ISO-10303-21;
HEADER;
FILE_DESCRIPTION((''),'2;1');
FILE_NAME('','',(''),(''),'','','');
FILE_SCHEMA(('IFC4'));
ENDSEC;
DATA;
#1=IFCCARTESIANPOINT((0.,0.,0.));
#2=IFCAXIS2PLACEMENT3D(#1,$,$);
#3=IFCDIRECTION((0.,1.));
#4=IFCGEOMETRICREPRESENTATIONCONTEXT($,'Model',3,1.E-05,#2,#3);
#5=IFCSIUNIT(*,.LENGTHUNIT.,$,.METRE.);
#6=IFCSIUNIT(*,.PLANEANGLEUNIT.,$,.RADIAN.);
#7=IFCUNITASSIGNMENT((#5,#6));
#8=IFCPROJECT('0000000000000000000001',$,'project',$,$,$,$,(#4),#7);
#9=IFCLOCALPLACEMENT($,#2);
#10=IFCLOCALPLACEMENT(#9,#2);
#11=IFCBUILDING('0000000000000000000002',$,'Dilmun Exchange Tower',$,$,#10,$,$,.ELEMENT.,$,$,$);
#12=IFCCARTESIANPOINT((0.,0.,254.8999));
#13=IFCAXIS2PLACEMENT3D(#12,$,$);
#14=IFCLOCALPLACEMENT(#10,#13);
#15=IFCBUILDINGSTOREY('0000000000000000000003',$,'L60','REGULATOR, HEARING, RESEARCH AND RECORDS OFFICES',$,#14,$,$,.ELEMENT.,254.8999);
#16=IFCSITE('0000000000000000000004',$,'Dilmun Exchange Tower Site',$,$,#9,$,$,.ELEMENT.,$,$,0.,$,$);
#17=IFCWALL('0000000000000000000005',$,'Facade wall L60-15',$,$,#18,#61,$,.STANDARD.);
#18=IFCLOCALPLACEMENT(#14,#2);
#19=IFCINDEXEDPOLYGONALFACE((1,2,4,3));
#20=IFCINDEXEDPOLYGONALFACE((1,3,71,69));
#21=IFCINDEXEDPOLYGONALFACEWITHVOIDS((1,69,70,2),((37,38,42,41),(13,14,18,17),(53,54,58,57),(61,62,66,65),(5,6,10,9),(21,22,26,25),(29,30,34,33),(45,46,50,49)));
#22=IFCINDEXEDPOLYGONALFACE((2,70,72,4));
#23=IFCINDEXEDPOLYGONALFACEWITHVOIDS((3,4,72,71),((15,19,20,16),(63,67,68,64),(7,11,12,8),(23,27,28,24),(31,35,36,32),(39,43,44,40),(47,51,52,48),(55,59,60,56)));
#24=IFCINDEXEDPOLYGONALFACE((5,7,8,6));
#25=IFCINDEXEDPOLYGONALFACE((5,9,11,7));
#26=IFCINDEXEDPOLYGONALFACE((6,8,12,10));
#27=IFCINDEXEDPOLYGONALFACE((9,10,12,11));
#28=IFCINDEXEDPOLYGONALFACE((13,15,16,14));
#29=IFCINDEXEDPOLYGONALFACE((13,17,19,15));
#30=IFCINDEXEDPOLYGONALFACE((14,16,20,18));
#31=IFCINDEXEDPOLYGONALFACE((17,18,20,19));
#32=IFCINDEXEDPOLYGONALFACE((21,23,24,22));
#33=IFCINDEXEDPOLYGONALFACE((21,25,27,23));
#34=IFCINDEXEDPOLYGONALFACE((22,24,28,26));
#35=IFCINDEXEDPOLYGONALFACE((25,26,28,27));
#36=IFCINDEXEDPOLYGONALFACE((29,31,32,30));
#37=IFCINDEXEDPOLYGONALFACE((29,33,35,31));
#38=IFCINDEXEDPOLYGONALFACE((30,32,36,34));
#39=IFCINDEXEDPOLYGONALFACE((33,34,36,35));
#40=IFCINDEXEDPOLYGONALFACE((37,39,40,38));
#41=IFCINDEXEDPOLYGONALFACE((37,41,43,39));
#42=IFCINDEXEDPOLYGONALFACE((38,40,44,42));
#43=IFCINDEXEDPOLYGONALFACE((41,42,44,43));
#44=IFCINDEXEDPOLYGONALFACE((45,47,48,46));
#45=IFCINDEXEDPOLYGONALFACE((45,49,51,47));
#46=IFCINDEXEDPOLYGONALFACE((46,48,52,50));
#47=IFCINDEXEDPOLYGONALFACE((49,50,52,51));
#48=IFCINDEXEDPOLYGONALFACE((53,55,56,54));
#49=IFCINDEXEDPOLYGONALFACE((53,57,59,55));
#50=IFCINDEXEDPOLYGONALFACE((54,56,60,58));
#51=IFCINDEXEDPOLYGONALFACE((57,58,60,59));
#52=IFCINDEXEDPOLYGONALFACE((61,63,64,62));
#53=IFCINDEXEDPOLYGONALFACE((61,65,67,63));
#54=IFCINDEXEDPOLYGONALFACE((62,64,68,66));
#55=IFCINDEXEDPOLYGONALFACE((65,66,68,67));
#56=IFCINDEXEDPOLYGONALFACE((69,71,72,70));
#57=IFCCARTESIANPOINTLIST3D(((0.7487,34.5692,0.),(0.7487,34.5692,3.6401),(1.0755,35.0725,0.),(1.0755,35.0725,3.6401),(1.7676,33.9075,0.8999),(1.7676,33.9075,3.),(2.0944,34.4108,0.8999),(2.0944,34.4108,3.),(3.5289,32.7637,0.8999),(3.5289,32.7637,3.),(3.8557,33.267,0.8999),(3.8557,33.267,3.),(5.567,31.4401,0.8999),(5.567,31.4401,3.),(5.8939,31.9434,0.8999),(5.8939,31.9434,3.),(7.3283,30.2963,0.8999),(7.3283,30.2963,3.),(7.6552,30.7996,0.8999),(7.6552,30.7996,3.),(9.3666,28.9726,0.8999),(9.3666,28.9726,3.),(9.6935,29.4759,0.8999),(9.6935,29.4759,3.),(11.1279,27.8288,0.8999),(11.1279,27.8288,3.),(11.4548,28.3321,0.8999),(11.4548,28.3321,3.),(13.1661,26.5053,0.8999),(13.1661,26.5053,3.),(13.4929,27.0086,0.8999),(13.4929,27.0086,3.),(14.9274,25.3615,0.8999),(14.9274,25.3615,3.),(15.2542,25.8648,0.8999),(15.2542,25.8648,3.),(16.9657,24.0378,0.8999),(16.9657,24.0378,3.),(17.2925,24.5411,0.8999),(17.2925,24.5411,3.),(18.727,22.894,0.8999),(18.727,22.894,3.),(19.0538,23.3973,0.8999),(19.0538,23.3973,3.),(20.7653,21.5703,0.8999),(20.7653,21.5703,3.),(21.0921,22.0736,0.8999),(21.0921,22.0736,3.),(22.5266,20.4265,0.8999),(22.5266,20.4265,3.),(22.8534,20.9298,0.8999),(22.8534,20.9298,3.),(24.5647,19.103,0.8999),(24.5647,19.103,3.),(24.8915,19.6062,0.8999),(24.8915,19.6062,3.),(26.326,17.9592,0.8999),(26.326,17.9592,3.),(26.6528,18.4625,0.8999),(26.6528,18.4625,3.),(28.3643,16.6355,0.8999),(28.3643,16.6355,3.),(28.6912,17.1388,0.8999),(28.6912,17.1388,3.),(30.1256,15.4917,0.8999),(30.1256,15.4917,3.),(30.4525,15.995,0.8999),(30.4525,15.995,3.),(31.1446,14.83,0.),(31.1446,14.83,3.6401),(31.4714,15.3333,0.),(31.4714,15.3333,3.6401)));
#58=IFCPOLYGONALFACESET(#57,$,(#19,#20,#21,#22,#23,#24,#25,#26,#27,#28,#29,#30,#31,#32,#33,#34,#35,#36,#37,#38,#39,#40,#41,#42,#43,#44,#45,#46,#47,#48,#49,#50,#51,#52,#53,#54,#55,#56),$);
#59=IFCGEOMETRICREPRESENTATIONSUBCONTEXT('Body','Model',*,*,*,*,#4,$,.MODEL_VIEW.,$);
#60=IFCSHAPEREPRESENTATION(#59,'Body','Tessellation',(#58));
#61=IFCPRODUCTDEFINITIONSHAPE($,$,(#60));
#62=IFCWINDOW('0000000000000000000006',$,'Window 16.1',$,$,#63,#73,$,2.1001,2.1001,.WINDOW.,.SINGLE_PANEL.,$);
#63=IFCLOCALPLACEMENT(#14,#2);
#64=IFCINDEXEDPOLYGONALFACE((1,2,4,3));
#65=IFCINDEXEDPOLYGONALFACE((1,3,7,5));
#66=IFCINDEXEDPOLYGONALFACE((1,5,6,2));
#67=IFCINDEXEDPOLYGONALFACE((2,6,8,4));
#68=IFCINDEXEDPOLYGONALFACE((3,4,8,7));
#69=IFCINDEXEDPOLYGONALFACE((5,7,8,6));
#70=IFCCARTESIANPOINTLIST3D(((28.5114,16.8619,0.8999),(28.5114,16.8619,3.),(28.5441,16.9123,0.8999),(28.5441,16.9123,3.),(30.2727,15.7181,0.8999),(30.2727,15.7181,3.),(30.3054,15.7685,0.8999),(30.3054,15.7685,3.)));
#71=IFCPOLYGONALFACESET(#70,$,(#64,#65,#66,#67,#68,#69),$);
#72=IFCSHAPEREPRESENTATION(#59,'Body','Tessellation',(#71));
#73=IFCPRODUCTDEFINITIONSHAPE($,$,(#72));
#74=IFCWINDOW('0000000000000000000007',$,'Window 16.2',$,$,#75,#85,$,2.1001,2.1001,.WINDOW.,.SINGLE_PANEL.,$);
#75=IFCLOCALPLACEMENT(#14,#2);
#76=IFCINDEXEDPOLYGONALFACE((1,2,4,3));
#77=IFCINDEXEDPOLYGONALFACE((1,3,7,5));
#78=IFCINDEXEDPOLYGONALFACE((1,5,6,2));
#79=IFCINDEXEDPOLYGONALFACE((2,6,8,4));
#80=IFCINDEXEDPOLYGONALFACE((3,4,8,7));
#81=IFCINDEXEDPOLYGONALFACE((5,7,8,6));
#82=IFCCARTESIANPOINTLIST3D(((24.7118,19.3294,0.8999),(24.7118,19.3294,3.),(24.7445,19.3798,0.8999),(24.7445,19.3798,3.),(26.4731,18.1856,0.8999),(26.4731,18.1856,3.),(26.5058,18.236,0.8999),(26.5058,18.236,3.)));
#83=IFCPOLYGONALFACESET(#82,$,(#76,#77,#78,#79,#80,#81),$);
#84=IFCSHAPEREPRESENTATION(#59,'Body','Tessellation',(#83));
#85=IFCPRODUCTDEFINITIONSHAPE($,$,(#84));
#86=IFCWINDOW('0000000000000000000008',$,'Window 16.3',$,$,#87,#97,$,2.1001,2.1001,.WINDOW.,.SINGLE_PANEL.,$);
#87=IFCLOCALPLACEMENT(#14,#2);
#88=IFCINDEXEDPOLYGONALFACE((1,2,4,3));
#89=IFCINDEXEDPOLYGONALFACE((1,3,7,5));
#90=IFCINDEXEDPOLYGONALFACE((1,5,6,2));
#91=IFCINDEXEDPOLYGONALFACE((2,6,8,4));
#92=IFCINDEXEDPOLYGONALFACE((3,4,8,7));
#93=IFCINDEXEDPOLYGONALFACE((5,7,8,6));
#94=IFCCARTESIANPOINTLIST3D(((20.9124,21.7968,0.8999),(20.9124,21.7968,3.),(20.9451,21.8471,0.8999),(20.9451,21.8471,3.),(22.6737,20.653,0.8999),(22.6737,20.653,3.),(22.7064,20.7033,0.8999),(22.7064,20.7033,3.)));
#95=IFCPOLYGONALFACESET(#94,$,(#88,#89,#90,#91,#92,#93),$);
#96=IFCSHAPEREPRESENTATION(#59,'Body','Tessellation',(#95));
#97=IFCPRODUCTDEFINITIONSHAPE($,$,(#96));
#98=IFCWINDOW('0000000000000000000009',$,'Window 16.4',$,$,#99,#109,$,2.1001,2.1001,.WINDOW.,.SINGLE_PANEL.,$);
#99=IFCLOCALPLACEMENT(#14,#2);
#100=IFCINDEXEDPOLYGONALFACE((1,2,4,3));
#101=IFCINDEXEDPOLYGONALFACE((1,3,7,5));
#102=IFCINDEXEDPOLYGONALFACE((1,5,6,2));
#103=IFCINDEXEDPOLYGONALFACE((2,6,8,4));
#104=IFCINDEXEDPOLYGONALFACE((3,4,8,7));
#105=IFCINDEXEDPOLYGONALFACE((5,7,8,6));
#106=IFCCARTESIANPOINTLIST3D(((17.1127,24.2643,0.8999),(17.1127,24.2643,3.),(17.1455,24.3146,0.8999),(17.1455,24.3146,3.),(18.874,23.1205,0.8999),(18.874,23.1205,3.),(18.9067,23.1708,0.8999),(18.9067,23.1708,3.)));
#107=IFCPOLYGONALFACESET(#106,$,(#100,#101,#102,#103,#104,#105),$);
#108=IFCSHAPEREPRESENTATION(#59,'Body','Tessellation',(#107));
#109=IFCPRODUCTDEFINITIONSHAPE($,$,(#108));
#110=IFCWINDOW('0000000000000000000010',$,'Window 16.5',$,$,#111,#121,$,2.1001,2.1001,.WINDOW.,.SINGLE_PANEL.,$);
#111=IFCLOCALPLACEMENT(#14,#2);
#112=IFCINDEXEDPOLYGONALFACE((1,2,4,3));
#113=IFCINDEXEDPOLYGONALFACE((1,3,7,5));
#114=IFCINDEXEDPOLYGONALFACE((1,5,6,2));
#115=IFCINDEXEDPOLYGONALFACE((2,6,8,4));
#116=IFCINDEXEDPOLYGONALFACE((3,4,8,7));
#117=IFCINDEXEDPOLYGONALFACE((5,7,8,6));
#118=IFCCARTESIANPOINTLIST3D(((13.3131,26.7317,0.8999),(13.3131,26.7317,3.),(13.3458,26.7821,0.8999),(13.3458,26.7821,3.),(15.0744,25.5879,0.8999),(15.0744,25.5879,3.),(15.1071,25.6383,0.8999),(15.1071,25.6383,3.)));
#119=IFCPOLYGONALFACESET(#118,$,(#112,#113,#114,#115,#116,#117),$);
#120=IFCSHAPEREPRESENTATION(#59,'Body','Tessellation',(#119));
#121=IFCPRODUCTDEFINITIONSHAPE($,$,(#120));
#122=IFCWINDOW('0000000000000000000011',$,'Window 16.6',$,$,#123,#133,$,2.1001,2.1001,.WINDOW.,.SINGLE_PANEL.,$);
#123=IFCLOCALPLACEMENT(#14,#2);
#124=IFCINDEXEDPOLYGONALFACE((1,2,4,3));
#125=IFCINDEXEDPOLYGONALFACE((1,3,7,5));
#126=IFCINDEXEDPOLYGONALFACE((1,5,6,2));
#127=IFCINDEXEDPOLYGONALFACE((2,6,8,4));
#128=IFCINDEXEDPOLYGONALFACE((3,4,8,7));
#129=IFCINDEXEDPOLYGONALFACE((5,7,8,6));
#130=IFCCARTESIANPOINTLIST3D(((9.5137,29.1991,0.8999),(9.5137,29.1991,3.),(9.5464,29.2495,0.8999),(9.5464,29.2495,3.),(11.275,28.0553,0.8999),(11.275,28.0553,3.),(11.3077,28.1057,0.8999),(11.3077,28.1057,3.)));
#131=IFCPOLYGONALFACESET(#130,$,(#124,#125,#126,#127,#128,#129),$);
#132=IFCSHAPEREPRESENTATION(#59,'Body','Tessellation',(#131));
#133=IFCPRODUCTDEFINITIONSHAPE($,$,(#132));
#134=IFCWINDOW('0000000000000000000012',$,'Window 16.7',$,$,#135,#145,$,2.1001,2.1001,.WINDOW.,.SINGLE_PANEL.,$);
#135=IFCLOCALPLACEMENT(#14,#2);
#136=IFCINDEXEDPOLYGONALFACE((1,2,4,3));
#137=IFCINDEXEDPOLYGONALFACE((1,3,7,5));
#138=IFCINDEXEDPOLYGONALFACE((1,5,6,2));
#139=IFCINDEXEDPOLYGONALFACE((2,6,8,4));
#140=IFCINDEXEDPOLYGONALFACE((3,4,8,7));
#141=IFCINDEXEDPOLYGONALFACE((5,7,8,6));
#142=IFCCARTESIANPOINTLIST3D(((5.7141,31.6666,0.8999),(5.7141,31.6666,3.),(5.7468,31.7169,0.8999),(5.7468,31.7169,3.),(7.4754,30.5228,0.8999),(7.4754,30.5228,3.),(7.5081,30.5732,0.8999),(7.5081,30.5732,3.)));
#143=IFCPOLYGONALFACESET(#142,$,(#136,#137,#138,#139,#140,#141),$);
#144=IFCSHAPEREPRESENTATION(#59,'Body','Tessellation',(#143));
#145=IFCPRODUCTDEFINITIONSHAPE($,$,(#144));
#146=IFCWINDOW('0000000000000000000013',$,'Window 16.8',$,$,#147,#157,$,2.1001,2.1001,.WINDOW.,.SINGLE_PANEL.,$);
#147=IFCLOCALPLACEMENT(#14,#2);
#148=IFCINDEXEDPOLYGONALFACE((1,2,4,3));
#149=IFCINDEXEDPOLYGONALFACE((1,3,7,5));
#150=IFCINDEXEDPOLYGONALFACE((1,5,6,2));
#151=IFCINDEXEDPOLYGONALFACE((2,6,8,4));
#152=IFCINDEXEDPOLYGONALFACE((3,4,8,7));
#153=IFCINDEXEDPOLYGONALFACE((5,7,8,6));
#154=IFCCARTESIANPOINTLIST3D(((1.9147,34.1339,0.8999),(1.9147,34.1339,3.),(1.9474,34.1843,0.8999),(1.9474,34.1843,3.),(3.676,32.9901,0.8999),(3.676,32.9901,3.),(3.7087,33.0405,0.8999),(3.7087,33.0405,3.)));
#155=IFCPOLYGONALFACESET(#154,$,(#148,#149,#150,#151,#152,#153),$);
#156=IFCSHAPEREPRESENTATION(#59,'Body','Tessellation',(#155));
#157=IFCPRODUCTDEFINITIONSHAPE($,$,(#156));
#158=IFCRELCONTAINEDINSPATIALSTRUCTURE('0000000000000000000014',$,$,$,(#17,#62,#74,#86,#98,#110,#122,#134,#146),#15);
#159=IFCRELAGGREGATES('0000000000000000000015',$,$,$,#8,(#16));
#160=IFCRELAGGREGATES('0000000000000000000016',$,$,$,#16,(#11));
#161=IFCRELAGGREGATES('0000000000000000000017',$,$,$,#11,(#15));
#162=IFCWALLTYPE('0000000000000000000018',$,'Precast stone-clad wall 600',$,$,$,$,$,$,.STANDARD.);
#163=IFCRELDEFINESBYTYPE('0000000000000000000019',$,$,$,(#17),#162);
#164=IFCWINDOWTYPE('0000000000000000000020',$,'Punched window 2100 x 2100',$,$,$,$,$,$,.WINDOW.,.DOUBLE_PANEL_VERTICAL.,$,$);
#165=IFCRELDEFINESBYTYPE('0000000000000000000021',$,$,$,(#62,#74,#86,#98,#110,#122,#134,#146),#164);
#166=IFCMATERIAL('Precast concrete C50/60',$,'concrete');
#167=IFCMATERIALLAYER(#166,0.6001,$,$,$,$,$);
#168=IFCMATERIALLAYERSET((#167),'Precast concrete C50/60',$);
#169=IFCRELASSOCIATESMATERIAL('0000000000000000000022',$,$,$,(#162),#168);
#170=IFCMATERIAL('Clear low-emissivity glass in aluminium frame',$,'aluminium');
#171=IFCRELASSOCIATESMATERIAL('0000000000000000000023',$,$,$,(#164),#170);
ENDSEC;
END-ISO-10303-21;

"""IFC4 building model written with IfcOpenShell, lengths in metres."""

from ifc_helpers import new_model, si_unit, direction, frame, frame_2d, origin, place, context, subcontext, project, spatial, rectangle, extrude, material, layer, layer_set, type_object, element, fill, save


model = new_model("IFC4")

# Units and contexts
model_context = context("Model", 3, precision=1e-05, world=origin(), true_north=direction((0.0, 1.0)))
body_context = subcontext(model_context, "Body", "Model", "MODEL_VIEW")
ifc_project = project(units=[si_unit("LENGTHUNIT", "METRE"), si_unit("PLANEANGLEUNIT", "RADIAN")], contexts=[model_context])

# Site, building, storey
site_placement = place(None, origin())
site = spatial("IfcSite", under=ifc_project, at=site_placement, Name="Dilmun Exchange Tower Site", CompositionType="ELEMENT", RefElevation=0.0)
building_placement = place(site_placement, origin())
building = spatial("IfcBuilding", under=site, at=building_placement, Name="Dilmun Exchange Tower", CompositionType="ELEMENT")
storey_placement = place(building_placement, frame((0.0, 0.0, 254.8999)))
storey = spatial("IfcBuildingStorey", under=building, at=storey_placement, Name="L60", Description="REGULATOR, HEARING, RESEARCH AND RECORDS OFFICES", CompositionType="ELEMENT", Elevation=254.8999)

# Shared definitions
ifc_material_1 = material(Name="Precast concrete C50/60", Category="concrete")
ifc_layer_1 = layer(ifc_material_1, 0.6001)
ifc_layer_set_1 = layer_set([ifc_layer_1], Name="Precast concrete C50/60")
wall_type_1 = type_object("IfcWallType", Name="Precast stone-clad wall 600", PredefinedType="STANDARD", material=ifc_layer_set_1)
ifc_material_2 = material(Name="Clear low-emissivity glass in aluminium frame", Category="aluminium")

# Wall, openings, windows
wall_1_placement = place(storey_placement, frame((31.3081, 15.0815, 0.0), z_axis=(0.0, 0.0, 1.0), x_axis=(-0.838672, 0.544636, 0.0)))
wall_1 = element("IfcWall", 1, at=wall_1_placement, inside=storey, type_object=wall_type_1, Name="Facade wall L60-15", PredefinedType="STANDARD", context=body_context, shape_type="SweptSolid", body=[
    extrude(rectangle(XDim=36.2429, YDim=0.6001, at=frame_2d((18.1216, 0.0))), origin(), (0.0, 0.0, 1.0), 3.6401),
])
opening_1_placement = place(wall_1_placement, frame((1.2151, 0.0, 0.8999)))
opening_1 = element("IfcOpeningElement", 2, at=opening_1_placement, cuts=wall_1, PredefinedType="OPENING", context=body_context, shape_type="SweptSolid", body=[
    extrude(rectangle(XDim=2.1001, YDim=2.1001, at=frame_2d((1.05, 1.05))), frame((0.0, 0.3101, 0.0), z_axis=(0.0, -1.0, 0.0), x_axis=(1.0, 0.0, 0.0)), (0.0, 0.0, 1.0), 0.6201),
])
opening_2_placement = place(wall_1_placement, frame((5.7456, 0.0, 0.8999)))
opening_2 = element("IfcOpeningElement", 3, at=opening_2_placement, cuts=wall_1, PredefinedType="OPENING", context=body_context, shape_type="SweptSolid", body=[
    extrude(rectangle(XDim=2.1001, YDim=2.1001, at=frame_2d((1.05, 1.05))), frame((0.0, 0.3101, 0.0), z_axis=(0.0, -1.0, 0.0), x_axis=(1.0, 0.0, 0.0)), (0.0, 0.0, 1.0), 0.6201),
])
opening_3_placement = place(wall_1_placement, frame((10.2759, 0.0, 0.8999)))
opening_3 = element("IfcOpeningElement", 4, at=opening_3_placement, cuts=wall_1, PredefinedType="OPENING", context=body_context, shape_type="SweptSolid", body=[
    extrude(rectangle(XDim=2.1001, YDim=2.1001, at=frame_2d((1.05, 1.05))), frame((0.0, 0.3101, 0.0), z_axis=(0.0, -1.0, 0.0), x_axis=(1.0, 0.0, 0.0)), (0.0, 0.0, 1.0), 0.6201),
])
opening_4_placement = place(wall_1_placement, frame((14.8064, 0.0, 0.8999)))
opening_4 = element("IfcOpeningElement", 5, at=opening_4_placement, cuts=wall_1, PredefinedType="OPENING", context=body_context, shape_type="SweptSolid", body=[
    extrude(rectangle(XDim=2.1001, YDim=2.1001, at=frame_2d((1.05, 1.05))), frame((0.0, 0.3101, 0.0), z_axis=(0.0, -1.0, 0.0), x_axis=(1.0, 0.0, 0.0)), (0.0, 0.0, 1.0), 0.6201),
])
opening_5_placement = place(wall_1_placement, frame((19.3369, 0.0, 0.8999)))
opening_5 = element("IfcOpeningElement", 6, at=opening_5_placement, cuts=wall_1, PredefinedType="OPENING", context=body_context, shape_type="SweptSolid", body=[
    extrude(rectangle(XDim=2.1001, YDim=2.1001, at=frame_2d((1.05, 1.05))), frame((0.0, 0.3101, 0.0), z_axis=(0.0, -1.0, 0.0), x_axis=(1.0, 0.0, 0.0)), (0.0, 0.0, 1.0), 0.6201),
])
opening_6_placement = place(wall_1_placement, frame((23.8672, 0.0, 0.8999)))
opening_6 = element("IfcOpeningElement", 7, at=opening_6_placement, cuts=wall_1, PredefinedType="OPENING", context=body_context, shape_type="SweptSolid", body=[
    extrude(rectangle(XDim=2.1001, YDim=2.1001, at=frame_2d((1.05, 1.05))), frame((0.0, 0.3101, 0.0), z_axis=(0.0, -1.0, 0.0), x_axis=(1.0, 0.0, 0.0)), (0.0, 0.0, 1.0), 0.6201),
])
opening_7_placement = place(wall_1_placement, frame((28.3977, 0.0, 0.8999)))
opening_7 = element("IfcOpeningElement", 8, at=opening_7_placement, cuts=wall_1, PredefinedType="OPENING", context=body_context, shape_type="SweptSolid", body=[
    extrude(rectangle(XDim=2.1001, YDim=2.1001, at=frame_2d((1.05, 1.05))), frame((0.0, 0.3101, 0.0), z_axis=(0.0, -1.0, 0.0), x_axis=(1.0, 0.0, 0.0)), (0.0, 0.0, 1.0), 0.6201),
])
opening_8_placement = place(wall_1_placement, frame((32.928, 0.0, 0.8999)))
opening_8 = element("IfcOpeningElement", 9, at=opening_8_placement, cuts=wall_1, PredefinedType="OPENING", context=body_context, shape_type="SweptSolid", body=[
    extrude(rectangle(XDim=2.1001, YDim=2.1001, at=frame_2d((1.05, 1.05))), frame((0.0, 0.3101, 0.0), z_axis=(0.0, -1.0, 0.0), x_axis=(1.0, 0.0, 0.0)), (0.0, 0.0, 1.0), 0.6201),
])
window_type_1 = type_object("IfcWindowType", Name="Punched window 2100 x 2100", PartitioningType="DOUBLE_PANEL_VERTICAL", PredefinedType="WINDOW", material=ifc_material_2)
window_1_placement = place(opening_1_placement, origin())
window_1 = element("IfcWindow", 10, at=window_1_placement, inside=storey, type_object=window_type_1, Name="Window 16.1", OverallHeight=2.1001, OverallWidth=2.1001, PartitioningType="SINGLE_PANEL", PredefinedType="WINDOW", context=body_context, shape_type="SweptSolid", body=[
    extrude(rectangle(XDim=2.1001, YDim=2.1001, at=frame_2d((1.05, 1.05))), frame((0.0, 0.03, 0.0), z_axis=(0.0, -1.0, 0.0), x_axis=(1.0, 0.0, 0.0)), (0.0, 0.0, 1.0), 0.0601),
])
fill(opening_1, window_1)
window_2_placement = place(opening_2_placement, origin())
window_2 = element("IfcWindow", 11, at=window_2_placement, inside=storey, type_object=window_type_1, Name="Window 16.2", OverallHeight=2.1001, OverallWidth=2.1001, PartitioningType="SINGLE_PANEL", PredefinedType="WINDOW", context=body_context, shape_type="SweptSolid", body=[
    extrude(rectangle(XDim=2.1001, YDim=2.1001, at=frame_2d((1.05, 1.05))), frame((0.0, 0.03, 0.0), z_axis=(0.0, -1.0, 0.0), x_axis=(1.0, 0.0, 0.0)), (0.0, 0.0, 1.0), 0.0601),
])
fill(opening_2, window_2)
window_3_placement = place(opening_3_placement, origin())
window_3 = element("IfcWindow", 12, at=window_3_placement, inside=storey, type_object=window_type_1, Name="Window 16.3", OverallHeight=2.1001, OverallWidth=2.1001, PartitioningType="SINGLE_PANEL", PredefinedType="WINDOW", context=body_context, shape_type="SweptSolid", body=[
    extrude(rectangle(XDim=2.1001, YDim=2.1001, at=frame_2d((1.05, 1.05))), frame((0.0, 0.03, 0.0), z_axis=(0.0, -1.0, 0.0), x_axis=(1.0, 0.0, 0.0)), (0.0, 0.0, 1.0), 0.0601),
])
fill(opening_3, window_3)
window_4_placement = place(opening_4_placement, origin())
window_4 = element("IfcWindow", 13, at=window_4_placement, inside=storey, type_object=window_type_1, Name="Window 16.4", OverallHeight=2.1001, OverallWidth=2.1001, PartitioningType="SINGLE_PANEL", PredefinedType="WINDOW", context=body_context, shape_type="SweptSolid", body=[
    extrude(rectangle(XDim=2.1001, YDim=2.1001, at=frame_2d((1.05, 1.05))), frame((0.0, 0.03, 0.0), z_axis=(0.0, -1.0, 0.0), x_axis=(1.0, 0.0, 0.0)), (0.0, 0.0, 1.0), 0.0601),
])
fill(opening_4, window_4)
window_5_placement = place(opening_5_placement, origin())
window_5 = element("IfcWindow", 14, at=window_5_placement, inside=storey, type_object=window_type_1, Name="Window 16.5", OverallHeight=2.1001, OverallWidth=2.1001, PartitioningType="SINGLE_PANEL", PredefinedType="WINDOW", context=body_context, shape_type="SweptSolid", body=[
    extrude(rectangle(XDim=2.1001, YDim=2.1001, at=frame_2d((1.05, 1.05))), frame((0.0, 0.03, 0.0), z_axis=(0.0, -1.0, 0.0), x_axis=(1.0, 0.0, 0.0)), (0.0, 0.0, 1.0), 0.0601),
])
fill(opening_5, window_5)
window_6_placement = place(opening_6_placement, origin())
window_6 = element("IfcWindow", 15, at=window_6_placement, inside=storey, type_object=window_type_1, Name="Window 16.6", OverallHeight=2.1001, OverallWidth=2.1001, PartitioningType="SINGLE_PANEL", PredefinedType="WINDOW", context=body_context, shape_type="SweptSolid", body=[
    extrude(rectangle(XDim=2.1001, YDim=2.1001, at=frame_2d((1.05, 1.05))), frame((0.0, 0.03, 0.0), z_axis=(0.0, -1.0, 0.0), x_axis=(1.0, 0.0, 0.0)), (0.0, 0.0, 1.0), 0.0601),
])
fill(opening_6, window_6)
window_7_placement = place(opening_7_placement, origin())
window_7 = element("IfcWindow", 16, at=window_7_placement, inside=storey, type_object=window_type_1, Name="Window 16.7", OverallHeight=2.1001, OverallWidth=2.1001, PartitioningType="SINGLE_PANEL", PredefinedType="WINDOW", context=body_context, shape_type="SweptSolid", body=[
    extrude(rectangle(XDim=2.1001, YDim=2.1001, at=frame_2d((1.05, 1.05))), frame((0.0, 0.03, 0.0), z_axis=(0.0, -1.0, 0.0), x_axis=(1.0, 0.0, 0.0)), (0.0, 0.0, 1.0), 0.0601),
])
fill(opening_7, window_7)
window_8_placement = place(opening_8_placement, origin())
window_8 = element("IfcWindow", 17, at=window_8_placement, inside=storey, type_object=window_type_1, Name="Window 16.8", OverallHeight=2.1001, OverallWidth=2.1001, PartitioningType="SINGLE_PANEL", PredefinedType="WINDOW", context=body_context, shape_type="SweptSolid", body=[
    extrude(rectangle(XDim=2.1001, YDim=2.1001, at=frame_2d((1.05, 1.05))), frame((0.0, 0.03, 0.0), z_axis=(0.0, -1.0, 0.0), x_axis=(1.0, 0.0, 0.0)), (0.0, 0.0, 1.0), 0.0601),
])
fill(opening_8, window_8)

save(model, "model.ifc")
